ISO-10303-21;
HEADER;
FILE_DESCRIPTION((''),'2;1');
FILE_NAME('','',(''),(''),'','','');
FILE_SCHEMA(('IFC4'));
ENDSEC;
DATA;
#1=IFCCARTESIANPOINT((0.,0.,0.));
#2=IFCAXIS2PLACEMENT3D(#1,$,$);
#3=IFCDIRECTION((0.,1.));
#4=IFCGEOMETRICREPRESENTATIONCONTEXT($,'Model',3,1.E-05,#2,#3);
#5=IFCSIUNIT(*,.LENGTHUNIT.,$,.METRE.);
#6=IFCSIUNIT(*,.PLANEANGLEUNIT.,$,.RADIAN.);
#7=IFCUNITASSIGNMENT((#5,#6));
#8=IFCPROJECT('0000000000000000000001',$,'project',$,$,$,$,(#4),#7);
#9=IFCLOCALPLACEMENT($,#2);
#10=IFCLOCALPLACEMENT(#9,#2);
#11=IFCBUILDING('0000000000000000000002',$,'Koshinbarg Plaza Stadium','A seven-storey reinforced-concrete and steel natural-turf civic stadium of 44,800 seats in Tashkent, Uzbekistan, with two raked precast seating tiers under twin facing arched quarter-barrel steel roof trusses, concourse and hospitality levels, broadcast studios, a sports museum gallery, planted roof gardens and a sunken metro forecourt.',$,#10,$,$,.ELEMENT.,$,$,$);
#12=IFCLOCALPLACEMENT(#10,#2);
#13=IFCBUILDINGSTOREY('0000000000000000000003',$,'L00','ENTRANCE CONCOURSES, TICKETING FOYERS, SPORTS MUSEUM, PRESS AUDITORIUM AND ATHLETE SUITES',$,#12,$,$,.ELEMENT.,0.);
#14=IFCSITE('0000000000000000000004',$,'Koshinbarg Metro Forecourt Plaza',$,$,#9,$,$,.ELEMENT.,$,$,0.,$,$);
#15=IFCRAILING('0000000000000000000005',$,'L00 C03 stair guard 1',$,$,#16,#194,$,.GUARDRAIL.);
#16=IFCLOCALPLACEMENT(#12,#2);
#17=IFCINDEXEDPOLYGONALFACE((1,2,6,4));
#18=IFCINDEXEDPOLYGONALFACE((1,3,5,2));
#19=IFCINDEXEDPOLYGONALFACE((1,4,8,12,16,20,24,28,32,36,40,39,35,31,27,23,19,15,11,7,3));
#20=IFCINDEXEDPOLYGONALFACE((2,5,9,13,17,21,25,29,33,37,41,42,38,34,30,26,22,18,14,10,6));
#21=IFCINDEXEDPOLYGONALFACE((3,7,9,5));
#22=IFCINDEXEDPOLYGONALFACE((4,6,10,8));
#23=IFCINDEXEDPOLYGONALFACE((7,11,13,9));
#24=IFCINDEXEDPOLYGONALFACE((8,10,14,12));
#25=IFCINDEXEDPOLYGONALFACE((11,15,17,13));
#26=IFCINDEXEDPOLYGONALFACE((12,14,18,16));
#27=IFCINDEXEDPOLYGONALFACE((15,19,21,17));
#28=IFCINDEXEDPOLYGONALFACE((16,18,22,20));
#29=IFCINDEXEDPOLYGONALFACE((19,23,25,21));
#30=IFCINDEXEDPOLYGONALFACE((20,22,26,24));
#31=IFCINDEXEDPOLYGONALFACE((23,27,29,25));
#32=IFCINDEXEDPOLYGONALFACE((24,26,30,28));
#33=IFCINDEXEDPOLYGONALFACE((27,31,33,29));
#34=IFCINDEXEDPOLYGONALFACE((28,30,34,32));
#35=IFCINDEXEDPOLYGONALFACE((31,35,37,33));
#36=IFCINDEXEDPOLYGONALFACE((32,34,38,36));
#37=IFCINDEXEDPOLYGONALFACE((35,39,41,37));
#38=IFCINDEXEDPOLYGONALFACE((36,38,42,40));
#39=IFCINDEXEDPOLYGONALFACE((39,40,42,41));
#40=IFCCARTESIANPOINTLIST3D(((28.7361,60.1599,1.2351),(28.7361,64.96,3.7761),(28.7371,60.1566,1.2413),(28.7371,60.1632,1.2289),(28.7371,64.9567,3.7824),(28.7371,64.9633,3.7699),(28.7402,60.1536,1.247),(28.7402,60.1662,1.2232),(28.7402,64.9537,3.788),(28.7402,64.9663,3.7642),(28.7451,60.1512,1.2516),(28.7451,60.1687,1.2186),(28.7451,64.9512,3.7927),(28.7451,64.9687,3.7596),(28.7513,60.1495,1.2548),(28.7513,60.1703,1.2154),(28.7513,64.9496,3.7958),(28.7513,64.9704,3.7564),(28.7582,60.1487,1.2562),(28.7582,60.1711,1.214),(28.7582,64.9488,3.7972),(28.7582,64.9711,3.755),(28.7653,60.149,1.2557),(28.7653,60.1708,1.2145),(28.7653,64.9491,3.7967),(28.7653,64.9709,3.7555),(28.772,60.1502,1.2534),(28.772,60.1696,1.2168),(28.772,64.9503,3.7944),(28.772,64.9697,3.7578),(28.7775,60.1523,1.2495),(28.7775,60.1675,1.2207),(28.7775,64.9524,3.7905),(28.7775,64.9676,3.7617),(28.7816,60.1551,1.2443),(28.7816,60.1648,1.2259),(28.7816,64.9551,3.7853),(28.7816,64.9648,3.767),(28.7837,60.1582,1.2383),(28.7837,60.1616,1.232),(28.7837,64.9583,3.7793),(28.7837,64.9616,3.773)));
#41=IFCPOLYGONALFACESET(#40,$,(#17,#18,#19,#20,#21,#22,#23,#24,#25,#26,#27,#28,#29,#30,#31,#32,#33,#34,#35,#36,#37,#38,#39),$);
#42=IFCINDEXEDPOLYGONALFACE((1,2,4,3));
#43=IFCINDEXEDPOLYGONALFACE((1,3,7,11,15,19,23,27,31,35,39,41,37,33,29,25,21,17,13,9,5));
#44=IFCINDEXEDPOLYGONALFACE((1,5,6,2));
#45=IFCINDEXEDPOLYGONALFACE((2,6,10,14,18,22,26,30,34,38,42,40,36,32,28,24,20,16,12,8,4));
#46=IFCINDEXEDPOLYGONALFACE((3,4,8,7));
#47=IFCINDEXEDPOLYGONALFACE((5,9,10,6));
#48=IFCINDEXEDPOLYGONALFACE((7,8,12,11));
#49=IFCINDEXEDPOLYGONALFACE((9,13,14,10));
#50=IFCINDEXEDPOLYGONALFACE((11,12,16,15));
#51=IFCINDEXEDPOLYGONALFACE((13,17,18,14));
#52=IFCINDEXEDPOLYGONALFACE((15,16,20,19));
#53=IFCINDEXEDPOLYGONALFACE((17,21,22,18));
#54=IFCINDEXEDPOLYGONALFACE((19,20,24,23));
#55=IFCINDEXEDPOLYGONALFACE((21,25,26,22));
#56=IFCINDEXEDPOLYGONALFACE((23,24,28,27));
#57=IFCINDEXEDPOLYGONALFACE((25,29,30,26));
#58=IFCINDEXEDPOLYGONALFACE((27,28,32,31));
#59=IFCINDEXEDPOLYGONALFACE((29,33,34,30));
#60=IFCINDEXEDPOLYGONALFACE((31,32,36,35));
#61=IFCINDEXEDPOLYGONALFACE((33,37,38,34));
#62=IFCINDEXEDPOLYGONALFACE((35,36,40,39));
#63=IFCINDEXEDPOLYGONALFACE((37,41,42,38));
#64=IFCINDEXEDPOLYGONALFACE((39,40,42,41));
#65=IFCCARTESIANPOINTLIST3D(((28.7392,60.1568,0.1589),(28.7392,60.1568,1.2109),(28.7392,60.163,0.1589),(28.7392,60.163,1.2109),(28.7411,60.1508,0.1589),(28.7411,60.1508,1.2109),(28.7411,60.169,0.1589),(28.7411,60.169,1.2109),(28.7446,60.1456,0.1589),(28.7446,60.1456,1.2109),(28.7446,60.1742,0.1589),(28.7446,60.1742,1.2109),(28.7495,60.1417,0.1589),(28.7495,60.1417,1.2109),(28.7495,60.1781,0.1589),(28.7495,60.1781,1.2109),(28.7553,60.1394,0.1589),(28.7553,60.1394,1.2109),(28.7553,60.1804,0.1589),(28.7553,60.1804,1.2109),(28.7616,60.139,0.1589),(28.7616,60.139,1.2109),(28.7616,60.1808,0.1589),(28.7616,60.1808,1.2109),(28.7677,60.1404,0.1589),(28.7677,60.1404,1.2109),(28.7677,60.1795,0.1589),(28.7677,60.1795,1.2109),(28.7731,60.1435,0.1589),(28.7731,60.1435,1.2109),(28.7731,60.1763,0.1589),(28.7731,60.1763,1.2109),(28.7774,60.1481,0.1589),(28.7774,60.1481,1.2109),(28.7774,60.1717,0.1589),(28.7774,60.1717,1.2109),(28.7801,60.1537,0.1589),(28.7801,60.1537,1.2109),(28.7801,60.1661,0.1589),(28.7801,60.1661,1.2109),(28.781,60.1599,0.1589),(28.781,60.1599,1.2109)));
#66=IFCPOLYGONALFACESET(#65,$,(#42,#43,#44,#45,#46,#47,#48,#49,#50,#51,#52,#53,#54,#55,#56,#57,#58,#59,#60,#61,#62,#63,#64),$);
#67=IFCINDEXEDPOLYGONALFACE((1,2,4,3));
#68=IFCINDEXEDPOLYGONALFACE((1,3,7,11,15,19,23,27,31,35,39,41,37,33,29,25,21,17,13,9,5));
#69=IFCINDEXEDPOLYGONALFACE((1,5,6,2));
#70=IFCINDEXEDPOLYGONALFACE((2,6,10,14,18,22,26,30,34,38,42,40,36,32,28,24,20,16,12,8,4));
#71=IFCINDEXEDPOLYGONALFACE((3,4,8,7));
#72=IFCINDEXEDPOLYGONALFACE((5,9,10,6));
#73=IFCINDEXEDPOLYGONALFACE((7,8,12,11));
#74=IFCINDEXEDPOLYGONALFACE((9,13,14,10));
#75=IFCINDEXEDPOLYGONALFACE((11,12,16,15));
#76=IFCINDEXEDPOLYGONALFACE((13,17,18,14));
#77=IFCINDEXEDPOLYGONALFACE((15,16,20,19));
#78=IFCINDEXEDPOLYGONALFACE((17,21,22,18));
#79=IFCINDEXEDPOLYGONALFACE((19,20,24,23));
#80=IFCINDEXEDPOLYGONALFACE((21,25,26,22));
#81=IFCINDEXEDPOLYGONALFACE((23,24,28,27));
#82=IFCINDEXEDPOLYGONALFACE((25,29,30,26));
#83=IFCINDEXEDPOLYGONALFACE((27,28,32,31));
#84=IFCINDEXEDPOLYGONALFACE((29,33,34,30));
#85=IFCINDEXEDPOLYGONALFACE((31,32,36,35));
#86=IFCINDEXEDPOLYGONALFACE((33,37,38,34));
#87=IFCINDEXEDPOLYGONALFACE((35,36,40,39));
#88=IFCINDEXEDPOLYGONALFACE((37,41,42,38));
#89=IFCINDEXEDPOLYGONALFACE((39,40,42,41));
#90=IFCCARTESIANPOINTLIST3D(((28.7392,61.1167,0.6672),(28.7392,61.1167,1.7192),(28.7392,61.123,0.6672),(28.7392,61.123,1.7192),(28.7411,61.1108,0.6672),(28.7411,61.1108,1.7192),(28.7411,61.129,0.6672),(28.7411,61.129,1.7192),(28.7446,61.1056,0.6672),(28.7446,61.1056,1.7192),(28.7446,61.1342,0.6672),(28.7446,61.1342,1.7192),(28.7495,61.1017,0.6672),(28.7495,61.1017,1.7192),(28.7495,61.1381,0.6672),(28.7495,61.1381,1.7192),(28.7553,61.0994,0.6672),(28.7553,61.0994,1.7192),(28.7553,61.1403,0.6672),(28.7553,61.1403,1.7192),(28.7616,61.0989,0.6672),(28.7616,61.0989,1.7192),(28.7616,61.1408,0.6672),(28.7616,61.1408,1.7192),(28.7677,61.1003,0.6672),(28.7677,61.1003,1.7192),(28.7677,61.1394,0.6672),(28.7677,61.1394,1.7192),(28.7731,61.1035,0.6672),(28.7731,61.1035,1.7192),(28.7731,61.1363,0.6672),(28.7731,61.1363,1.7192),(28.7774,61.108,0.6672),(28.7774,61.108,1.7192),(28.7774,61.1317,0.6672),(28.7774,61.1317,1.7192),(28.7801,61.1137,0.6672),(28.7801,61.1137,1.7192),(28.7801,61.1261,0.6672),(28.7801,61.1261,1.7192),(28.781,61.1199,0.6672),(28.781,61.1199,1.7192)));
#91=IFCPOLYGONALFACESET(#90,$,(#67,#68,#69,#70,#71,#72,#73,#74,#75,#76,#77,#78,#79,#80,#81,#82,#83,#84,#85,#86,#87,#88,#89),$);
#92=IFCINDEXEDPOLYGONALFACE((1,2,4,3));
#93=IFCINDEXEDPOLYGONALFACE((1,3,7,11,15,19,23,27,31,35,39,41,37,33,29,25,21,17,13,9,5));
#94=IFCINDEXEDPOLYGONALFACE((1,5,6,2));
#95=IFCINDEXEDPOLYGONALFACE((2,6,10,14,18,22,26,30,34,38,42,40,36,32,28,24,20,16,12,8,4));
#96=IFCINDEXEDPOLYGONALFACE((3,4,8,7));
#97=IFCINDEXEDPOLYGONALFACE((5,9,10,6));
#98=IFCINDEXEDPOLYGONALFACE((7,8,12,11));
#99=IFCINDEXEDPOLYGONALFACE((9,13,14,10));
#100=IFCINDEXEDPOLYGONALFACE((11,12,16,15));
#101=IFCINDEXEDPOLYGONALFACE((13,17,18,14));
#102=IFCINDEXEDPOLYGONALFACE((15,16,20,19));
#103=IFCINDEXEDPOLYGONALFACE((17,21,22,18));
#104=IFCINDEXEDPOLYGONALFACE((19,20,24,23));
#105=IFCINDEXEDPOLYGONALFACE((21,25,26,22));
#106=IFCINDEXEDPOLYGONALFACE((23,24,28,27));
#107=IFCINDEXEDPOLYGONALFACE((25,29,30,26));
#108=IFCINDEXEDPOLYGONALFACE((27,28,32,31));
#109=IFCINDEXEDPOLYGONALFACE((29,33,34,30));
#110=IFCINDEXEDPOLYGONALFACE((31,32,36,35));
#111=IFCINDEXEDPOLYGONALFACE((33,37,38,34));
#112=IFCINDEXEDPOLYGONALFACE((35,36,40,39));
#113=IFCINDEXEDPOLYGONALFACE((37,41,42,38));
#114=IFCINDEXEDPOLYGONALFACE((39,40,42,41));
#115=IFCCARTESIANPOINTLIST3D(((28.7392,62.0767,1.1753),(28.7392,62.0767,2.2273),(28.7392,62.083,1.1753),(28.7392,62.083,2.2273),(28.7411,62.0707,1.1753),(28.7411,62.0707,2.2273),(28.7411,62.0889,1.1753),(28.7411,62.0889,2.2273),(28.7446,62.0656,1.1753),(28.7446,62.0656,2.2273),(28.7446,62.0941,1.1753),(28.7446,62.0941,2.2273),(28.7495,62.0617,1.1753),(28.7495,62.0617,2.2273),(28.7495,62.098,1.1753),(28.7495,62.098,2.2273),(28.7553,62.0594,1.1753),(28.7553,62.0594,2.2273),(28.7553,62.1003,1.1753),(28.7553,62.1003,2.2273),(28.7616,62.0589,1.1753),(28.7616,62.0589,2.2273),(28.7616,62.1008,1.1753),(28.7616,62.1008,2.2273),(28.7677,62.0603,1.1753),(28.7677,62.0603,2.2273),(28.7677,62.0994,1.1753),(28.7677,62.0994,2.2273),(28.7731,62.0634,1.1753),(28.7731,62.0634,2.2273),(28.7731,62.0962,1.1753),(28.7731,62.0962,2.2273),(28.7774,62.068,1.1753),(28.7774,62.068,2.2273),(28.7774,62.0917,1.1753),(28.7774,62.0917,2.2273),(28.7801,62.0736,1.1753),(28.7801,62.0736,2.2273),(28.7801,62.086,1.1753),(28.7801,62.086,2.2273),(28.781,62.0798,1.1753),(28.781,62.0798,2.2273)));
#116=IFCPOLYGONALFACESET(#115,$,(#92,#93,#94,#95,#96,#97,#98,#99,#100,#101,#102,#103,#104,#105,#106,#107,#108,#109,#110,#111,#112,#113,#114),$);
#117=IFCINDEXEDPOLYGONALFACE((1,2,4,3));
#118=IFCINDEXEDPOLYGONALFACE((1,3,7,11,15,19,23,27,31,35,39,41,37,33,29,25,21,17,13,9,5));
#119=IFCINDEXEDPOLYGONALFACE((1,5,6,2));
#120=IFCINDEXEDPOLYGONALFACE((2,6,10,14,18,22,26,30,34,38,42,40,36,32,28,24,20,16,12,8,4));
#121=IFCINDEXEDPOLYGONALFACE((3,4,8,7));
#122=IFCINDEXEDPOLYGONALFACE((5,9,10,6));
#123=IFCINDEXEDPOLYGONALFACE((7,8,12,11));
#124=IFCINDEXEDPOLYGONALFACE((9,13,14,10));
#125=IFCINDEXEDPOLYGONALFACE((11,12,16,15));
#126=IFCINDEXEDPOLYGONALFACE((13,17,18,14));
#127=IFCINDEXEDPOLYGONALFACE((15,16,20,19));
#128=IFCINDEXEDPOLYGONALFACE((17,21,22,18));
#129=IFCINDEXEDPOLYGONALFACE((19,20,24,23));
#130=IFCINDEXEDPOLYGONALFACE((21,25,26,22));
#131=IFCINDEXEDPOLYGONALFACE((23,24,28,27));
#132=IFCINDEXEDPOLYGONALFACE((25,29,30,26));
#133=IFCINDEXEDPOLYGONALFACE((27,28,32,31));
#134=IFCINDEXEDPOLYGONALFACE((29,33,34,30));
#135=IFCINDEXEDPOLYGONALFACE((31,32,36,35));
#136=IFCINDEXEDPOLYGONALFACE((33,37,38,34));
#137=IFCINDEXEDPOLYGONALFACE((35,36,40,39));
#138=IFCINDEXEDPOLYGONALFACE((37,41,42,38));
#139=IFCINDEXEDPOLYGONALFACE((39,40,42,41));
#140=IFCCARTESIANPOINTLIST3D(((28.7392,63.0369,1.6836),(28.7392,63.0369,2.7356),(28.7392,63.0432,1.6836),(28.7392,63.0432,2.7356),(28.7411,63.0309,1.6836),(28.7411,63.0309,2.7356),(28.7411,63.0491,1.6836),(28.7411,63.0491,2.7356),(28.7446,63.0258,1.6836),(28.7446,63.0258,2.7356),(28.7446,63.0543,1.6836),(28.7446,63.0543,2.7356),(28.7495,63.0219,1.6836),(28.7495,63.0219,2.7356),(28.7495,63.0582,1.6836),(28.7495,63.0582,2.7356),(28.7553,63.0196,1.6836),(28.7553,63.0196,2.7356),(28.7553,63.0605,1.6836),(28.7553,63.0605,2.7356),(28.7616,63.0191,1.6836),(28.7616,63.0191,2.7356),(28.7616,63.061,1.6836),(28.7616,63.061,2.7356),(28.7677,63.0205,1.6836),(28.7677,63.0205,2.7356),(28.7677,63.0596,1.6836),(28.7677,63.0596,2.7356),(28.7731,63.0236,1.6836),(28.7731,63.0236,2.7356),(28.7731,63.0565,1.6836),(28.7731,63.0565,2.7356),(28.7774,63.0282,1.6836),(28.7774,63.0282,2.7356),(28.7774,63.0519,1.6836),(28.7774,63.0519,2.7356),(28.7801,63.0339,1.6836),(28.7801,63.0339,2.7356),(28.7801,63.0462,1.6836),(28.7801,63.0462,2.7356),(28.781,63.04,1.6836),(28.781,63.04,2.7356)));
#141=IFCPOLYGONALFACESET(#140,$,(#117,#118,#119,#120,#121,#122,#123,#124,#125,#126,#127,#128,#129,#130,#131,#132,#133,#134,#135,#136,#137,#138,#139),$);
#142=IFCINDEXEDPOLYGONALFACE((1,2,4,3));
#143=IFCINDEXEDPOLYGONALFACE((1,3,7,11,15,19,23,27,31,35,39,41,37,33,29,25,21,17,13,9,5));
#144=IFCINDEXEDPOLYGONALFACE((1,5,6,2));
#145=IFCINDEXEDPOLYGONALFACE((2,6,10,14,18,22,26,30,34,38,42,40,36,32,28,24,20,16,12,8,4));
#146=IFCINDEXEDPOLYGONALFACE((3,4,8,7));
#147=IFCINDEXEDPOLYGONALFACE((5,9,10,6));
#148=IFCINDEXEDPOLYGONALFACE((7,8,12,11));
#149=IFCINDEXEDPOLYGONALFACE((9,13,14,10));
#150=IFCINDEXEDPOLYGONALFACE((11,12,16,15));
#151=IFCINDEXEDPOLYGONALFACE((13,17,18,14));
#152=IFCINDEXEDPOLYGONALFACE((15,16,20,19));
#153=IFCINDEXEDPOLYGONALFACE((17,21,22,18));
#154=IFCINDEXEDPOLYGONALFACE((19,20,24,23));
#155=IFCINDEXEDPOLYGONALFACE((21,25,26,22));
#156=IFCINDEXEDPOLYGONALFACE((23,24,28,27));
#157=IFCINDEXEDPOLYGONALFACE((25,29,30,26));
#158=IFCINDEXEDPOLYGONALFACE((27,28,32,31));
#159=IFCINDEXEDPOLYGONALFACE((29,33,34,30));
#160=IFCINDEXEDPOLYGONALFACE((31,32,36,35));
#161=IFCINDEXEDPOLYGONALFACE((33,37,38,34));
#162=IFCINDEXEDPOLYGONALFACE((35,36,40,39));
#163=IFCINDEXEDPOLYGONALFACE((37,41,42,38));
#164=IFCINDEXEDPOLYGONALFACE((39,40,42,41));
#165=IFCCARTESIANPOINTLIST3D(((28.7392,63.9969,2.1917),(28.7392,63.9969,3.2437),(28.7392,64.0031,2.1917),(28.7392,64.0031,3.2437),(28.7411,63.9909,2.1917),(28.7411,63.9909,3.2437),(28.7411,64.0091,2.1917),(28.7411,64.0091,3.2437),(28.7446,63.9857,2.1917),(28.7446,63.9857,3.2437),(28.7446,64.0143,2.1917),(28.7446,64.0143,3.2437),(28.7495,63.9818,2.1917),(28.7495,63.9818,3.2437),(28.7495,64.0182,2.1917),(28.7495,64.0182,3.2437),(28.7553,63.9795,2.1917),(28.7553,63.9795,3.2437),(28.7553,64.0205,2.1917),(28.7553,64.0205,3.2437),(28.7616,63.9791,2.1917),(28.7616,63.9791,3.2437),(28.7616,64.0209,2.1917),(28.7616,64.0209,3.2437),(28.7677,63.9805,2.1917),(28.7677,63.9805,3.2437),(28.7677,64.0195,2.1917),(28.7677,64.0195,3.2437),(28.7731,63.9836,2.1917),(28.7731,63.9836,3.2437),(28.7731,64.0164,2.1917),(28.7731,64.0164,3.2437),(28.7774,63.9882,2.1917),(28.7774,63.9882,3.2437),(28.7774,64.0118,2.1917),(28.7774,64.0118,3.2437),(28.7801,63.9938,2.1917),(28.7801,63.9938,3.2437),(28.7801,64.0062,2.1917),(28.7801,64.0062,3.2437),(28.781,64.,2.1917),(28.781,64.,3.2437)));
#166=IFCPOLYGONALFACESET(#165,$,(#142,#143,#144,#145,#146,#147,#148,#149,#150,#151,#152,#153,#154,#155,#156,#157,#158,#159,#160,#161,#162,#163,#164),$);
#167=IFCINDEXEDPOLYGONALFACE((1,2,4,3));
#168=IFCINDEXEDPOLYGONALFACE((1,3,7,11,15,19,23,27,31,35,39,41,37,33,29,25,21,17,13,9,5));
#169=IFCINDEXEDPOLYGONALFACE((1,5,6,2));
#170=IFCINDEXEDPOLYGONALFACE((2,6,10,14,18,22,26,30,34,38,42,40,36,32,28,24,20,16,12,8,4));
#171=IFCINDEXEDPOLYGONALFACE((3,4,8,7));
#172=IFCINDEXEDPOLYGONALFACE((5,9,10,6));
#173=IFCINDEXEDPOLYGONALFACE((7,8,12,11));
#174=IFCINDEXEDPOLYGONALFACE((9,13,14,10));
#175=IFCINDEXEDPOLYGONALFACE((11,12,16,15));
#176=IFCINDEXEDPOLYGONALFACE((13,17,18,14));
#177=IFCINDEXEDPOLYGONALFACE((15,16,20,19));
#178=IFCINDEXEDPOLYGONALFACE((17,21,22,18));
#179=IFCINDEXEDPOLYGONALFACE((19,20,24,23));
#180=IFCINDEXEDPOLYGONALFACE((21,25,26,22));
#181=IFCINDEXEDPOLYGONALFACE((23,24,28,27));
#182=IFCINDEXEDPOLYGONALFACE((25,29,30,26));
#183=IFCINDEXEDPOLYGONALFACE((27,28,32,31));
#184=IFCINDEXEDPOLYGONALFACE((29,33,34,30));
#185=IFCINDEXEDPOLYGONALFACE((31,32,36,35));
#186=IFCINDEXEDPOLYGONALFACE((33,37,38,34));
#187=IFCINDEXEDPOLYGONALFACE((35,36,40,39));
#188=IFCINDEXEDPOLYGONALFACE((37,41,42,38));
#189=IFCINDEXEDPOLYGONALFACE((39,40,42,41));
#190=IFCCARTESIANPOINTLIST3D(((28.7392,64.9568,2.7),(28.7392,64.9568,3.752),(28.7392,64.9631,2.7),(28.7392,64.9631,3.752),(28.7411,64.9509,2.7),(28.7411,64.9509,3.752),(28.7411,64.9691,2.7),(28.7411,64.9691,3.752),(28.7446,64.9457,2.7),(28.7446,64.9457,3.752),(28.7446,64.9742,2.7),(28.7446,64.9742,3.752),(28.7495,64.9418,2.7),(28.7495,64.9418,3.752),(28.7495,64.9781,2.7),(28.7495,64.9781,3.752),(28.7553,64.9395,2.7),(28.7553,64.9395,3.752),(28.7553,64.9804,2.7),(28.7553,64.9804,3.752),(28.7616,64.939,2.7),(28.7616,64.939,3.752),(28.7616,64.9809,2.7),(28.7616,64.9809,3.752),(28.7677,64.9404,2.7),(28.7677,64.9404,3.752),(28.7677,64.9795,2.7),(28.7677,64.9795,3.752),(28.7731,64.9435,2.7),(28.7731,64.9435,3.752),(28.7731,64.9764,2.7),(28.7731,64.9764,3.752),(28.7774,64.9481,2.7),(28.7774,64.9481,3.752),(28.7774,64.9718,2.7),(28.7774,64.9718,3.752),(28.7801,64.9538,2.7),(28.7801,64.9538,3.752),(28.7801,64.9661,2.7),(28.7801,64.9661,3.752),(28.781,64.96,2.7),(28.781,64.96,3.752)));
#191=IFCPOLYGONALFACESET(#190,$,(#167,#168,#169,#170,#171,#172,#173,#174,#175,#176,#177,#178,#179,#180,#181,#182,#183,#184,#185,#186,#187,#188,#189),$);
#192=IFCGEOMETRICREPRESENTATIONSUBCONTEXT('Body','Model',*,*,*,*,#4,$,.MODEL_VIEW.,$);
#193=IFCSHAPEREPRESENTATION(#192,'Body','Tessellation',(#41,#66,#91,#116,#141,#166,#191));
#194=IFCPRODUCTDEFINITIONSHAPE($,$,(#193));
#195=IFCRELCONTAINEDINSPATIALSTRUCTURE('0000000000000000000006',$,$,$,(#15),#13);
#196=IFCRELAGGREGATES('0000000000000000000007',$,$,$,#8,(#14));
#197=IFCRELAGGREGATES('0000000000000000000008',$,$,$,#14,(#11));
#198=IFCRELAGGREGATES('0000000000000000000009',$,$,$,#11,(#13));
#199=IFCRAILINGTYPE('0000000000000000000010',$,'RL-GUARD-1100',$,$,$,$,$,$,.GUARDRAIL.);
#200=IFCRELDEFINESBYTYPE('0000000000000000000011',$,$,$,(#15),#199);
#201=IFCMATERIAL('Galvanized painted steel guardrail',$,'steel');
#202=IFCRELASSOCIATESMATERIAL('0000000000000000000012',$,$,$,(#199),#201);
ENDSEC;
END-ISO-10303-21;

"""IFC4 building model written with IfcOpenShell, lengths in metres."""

from ifc_helpers import new_model, si_unit, direction, frame, origin, origin_2d, place, context, subcontext, project, spatial, circle, extrude, material, type_object, element, save


model = new_model("IFC4")

# Units and contexts
model_context = context("Model", 3, precision=1e-05, world=origin(), true_north=direction((0.0, 1.0)))
body_context = subcontext(model_context, "Body", "Model", "MODEL_VIEW")
ifc_project = project(units=[si_unit("LENGTHUNIT", "METRE"), si_unit("PLANEANGLEUNIT", "RADIAN")], contexts=[model_context])

# Site, building, storey
site_placement = place(None, origin())
site = spatial("IfcSite", under=ifc_project, at=site_placement, Name="Koshinbarg Metro Forecourt Plaza", CompositionType="ELEMENT", RefElevation=0.0)
building_placement = place(site_placement, origin())
building = spatial("IfcBuilding", under=site, at=building_placement, Name="Koshinbarg Plaza Stadium", Description="A seven-storey reinforced-concrete and steel natural-turf civic stadium of 44,800 seats in Tashkent, Uzbekistan, with two raked precast seating tiers under twin facing arched quarter-barrel steel roof trusses, concourse and hospitality levels, broadcast studios, a sports museum gallery, planted roof gardens and a sunken metro forecourt.", CompositionType="ELEMENT")
storey_placement = place(building_placement, origin())
storey = spatial("IfcBuildingStorey", under=building, at=storey_placement, Name="L00", Description="ENTRANCE CONCOURSES, TICKETING FOYERS, SPORTS MUSEUM, PRESS AUDITORIUM AND ATHLETE SUITES", CompositionType="ELEMENT", Elevation=0.0)

# Railing
ifc_material_1 = material(Name="Galvanized painted steel guardrail", Category="steel")
railing_type_1 = type_object("IfcRailingType", Name="RL-GUARD-1100", PredefinedType="GUARDRAIL", material=ifc_material_1)
railing_1_placement = place(storey_placement, frame((28.76, 60.1599, 0.1589)))
element("IfcRailing", 1, at=railing_1_placement, inside=storey, type_object=railing_type_1, Name="L00 C03 stair guard 1", PredefinedType="GUARDRAIL", context=body_context, shape_type="SweptSolid", body=[
    extrude(circle(Radius=0.0239, at=origin_2d()), frame((0.0, 0.0, 1.0762), z_axis=(0.0, 0.883802, 0.467861), x_axis=(-1.0, 0.0, 0.0)), (0.0, 0.0, 1.0), 5.4312),
    extrude(circle(Radius=0.021, at=origin_2d()), origin(), (0.0, 0.0, 1.0), 1.052),
    extrude(circle(Radius=0.021, at=origin_2d()), frame((0.0, 0.96, 0.5083)), (0.0, 0.0, 1.0), 1.052),
    extrude(circle(Radius=0.021, at=origin_2d()), frame((0.0, 1.9199, 1.0164)), (0.0, 0.0, 1.0), 1.052),
    extrude(circle(Radius=0.021, at=origin_2d()), frame((0.0, 2.8801, 1.5247)), (0.0, 0.0, 1.0), 1.052),
    extrude(circle(Radius=0.021, at=origin_2d()), frame((0.0, 3.8401, 2.0327)), (0.0, 0.0, 1.0), 1.052),
    extrude(circle(Radius=0.021, at=origin_2d()), frame((0.0, 4.8, 2.541)), (0.0, 0.0, 1.0), 1.052),
])

save(model, "model.ifc")
